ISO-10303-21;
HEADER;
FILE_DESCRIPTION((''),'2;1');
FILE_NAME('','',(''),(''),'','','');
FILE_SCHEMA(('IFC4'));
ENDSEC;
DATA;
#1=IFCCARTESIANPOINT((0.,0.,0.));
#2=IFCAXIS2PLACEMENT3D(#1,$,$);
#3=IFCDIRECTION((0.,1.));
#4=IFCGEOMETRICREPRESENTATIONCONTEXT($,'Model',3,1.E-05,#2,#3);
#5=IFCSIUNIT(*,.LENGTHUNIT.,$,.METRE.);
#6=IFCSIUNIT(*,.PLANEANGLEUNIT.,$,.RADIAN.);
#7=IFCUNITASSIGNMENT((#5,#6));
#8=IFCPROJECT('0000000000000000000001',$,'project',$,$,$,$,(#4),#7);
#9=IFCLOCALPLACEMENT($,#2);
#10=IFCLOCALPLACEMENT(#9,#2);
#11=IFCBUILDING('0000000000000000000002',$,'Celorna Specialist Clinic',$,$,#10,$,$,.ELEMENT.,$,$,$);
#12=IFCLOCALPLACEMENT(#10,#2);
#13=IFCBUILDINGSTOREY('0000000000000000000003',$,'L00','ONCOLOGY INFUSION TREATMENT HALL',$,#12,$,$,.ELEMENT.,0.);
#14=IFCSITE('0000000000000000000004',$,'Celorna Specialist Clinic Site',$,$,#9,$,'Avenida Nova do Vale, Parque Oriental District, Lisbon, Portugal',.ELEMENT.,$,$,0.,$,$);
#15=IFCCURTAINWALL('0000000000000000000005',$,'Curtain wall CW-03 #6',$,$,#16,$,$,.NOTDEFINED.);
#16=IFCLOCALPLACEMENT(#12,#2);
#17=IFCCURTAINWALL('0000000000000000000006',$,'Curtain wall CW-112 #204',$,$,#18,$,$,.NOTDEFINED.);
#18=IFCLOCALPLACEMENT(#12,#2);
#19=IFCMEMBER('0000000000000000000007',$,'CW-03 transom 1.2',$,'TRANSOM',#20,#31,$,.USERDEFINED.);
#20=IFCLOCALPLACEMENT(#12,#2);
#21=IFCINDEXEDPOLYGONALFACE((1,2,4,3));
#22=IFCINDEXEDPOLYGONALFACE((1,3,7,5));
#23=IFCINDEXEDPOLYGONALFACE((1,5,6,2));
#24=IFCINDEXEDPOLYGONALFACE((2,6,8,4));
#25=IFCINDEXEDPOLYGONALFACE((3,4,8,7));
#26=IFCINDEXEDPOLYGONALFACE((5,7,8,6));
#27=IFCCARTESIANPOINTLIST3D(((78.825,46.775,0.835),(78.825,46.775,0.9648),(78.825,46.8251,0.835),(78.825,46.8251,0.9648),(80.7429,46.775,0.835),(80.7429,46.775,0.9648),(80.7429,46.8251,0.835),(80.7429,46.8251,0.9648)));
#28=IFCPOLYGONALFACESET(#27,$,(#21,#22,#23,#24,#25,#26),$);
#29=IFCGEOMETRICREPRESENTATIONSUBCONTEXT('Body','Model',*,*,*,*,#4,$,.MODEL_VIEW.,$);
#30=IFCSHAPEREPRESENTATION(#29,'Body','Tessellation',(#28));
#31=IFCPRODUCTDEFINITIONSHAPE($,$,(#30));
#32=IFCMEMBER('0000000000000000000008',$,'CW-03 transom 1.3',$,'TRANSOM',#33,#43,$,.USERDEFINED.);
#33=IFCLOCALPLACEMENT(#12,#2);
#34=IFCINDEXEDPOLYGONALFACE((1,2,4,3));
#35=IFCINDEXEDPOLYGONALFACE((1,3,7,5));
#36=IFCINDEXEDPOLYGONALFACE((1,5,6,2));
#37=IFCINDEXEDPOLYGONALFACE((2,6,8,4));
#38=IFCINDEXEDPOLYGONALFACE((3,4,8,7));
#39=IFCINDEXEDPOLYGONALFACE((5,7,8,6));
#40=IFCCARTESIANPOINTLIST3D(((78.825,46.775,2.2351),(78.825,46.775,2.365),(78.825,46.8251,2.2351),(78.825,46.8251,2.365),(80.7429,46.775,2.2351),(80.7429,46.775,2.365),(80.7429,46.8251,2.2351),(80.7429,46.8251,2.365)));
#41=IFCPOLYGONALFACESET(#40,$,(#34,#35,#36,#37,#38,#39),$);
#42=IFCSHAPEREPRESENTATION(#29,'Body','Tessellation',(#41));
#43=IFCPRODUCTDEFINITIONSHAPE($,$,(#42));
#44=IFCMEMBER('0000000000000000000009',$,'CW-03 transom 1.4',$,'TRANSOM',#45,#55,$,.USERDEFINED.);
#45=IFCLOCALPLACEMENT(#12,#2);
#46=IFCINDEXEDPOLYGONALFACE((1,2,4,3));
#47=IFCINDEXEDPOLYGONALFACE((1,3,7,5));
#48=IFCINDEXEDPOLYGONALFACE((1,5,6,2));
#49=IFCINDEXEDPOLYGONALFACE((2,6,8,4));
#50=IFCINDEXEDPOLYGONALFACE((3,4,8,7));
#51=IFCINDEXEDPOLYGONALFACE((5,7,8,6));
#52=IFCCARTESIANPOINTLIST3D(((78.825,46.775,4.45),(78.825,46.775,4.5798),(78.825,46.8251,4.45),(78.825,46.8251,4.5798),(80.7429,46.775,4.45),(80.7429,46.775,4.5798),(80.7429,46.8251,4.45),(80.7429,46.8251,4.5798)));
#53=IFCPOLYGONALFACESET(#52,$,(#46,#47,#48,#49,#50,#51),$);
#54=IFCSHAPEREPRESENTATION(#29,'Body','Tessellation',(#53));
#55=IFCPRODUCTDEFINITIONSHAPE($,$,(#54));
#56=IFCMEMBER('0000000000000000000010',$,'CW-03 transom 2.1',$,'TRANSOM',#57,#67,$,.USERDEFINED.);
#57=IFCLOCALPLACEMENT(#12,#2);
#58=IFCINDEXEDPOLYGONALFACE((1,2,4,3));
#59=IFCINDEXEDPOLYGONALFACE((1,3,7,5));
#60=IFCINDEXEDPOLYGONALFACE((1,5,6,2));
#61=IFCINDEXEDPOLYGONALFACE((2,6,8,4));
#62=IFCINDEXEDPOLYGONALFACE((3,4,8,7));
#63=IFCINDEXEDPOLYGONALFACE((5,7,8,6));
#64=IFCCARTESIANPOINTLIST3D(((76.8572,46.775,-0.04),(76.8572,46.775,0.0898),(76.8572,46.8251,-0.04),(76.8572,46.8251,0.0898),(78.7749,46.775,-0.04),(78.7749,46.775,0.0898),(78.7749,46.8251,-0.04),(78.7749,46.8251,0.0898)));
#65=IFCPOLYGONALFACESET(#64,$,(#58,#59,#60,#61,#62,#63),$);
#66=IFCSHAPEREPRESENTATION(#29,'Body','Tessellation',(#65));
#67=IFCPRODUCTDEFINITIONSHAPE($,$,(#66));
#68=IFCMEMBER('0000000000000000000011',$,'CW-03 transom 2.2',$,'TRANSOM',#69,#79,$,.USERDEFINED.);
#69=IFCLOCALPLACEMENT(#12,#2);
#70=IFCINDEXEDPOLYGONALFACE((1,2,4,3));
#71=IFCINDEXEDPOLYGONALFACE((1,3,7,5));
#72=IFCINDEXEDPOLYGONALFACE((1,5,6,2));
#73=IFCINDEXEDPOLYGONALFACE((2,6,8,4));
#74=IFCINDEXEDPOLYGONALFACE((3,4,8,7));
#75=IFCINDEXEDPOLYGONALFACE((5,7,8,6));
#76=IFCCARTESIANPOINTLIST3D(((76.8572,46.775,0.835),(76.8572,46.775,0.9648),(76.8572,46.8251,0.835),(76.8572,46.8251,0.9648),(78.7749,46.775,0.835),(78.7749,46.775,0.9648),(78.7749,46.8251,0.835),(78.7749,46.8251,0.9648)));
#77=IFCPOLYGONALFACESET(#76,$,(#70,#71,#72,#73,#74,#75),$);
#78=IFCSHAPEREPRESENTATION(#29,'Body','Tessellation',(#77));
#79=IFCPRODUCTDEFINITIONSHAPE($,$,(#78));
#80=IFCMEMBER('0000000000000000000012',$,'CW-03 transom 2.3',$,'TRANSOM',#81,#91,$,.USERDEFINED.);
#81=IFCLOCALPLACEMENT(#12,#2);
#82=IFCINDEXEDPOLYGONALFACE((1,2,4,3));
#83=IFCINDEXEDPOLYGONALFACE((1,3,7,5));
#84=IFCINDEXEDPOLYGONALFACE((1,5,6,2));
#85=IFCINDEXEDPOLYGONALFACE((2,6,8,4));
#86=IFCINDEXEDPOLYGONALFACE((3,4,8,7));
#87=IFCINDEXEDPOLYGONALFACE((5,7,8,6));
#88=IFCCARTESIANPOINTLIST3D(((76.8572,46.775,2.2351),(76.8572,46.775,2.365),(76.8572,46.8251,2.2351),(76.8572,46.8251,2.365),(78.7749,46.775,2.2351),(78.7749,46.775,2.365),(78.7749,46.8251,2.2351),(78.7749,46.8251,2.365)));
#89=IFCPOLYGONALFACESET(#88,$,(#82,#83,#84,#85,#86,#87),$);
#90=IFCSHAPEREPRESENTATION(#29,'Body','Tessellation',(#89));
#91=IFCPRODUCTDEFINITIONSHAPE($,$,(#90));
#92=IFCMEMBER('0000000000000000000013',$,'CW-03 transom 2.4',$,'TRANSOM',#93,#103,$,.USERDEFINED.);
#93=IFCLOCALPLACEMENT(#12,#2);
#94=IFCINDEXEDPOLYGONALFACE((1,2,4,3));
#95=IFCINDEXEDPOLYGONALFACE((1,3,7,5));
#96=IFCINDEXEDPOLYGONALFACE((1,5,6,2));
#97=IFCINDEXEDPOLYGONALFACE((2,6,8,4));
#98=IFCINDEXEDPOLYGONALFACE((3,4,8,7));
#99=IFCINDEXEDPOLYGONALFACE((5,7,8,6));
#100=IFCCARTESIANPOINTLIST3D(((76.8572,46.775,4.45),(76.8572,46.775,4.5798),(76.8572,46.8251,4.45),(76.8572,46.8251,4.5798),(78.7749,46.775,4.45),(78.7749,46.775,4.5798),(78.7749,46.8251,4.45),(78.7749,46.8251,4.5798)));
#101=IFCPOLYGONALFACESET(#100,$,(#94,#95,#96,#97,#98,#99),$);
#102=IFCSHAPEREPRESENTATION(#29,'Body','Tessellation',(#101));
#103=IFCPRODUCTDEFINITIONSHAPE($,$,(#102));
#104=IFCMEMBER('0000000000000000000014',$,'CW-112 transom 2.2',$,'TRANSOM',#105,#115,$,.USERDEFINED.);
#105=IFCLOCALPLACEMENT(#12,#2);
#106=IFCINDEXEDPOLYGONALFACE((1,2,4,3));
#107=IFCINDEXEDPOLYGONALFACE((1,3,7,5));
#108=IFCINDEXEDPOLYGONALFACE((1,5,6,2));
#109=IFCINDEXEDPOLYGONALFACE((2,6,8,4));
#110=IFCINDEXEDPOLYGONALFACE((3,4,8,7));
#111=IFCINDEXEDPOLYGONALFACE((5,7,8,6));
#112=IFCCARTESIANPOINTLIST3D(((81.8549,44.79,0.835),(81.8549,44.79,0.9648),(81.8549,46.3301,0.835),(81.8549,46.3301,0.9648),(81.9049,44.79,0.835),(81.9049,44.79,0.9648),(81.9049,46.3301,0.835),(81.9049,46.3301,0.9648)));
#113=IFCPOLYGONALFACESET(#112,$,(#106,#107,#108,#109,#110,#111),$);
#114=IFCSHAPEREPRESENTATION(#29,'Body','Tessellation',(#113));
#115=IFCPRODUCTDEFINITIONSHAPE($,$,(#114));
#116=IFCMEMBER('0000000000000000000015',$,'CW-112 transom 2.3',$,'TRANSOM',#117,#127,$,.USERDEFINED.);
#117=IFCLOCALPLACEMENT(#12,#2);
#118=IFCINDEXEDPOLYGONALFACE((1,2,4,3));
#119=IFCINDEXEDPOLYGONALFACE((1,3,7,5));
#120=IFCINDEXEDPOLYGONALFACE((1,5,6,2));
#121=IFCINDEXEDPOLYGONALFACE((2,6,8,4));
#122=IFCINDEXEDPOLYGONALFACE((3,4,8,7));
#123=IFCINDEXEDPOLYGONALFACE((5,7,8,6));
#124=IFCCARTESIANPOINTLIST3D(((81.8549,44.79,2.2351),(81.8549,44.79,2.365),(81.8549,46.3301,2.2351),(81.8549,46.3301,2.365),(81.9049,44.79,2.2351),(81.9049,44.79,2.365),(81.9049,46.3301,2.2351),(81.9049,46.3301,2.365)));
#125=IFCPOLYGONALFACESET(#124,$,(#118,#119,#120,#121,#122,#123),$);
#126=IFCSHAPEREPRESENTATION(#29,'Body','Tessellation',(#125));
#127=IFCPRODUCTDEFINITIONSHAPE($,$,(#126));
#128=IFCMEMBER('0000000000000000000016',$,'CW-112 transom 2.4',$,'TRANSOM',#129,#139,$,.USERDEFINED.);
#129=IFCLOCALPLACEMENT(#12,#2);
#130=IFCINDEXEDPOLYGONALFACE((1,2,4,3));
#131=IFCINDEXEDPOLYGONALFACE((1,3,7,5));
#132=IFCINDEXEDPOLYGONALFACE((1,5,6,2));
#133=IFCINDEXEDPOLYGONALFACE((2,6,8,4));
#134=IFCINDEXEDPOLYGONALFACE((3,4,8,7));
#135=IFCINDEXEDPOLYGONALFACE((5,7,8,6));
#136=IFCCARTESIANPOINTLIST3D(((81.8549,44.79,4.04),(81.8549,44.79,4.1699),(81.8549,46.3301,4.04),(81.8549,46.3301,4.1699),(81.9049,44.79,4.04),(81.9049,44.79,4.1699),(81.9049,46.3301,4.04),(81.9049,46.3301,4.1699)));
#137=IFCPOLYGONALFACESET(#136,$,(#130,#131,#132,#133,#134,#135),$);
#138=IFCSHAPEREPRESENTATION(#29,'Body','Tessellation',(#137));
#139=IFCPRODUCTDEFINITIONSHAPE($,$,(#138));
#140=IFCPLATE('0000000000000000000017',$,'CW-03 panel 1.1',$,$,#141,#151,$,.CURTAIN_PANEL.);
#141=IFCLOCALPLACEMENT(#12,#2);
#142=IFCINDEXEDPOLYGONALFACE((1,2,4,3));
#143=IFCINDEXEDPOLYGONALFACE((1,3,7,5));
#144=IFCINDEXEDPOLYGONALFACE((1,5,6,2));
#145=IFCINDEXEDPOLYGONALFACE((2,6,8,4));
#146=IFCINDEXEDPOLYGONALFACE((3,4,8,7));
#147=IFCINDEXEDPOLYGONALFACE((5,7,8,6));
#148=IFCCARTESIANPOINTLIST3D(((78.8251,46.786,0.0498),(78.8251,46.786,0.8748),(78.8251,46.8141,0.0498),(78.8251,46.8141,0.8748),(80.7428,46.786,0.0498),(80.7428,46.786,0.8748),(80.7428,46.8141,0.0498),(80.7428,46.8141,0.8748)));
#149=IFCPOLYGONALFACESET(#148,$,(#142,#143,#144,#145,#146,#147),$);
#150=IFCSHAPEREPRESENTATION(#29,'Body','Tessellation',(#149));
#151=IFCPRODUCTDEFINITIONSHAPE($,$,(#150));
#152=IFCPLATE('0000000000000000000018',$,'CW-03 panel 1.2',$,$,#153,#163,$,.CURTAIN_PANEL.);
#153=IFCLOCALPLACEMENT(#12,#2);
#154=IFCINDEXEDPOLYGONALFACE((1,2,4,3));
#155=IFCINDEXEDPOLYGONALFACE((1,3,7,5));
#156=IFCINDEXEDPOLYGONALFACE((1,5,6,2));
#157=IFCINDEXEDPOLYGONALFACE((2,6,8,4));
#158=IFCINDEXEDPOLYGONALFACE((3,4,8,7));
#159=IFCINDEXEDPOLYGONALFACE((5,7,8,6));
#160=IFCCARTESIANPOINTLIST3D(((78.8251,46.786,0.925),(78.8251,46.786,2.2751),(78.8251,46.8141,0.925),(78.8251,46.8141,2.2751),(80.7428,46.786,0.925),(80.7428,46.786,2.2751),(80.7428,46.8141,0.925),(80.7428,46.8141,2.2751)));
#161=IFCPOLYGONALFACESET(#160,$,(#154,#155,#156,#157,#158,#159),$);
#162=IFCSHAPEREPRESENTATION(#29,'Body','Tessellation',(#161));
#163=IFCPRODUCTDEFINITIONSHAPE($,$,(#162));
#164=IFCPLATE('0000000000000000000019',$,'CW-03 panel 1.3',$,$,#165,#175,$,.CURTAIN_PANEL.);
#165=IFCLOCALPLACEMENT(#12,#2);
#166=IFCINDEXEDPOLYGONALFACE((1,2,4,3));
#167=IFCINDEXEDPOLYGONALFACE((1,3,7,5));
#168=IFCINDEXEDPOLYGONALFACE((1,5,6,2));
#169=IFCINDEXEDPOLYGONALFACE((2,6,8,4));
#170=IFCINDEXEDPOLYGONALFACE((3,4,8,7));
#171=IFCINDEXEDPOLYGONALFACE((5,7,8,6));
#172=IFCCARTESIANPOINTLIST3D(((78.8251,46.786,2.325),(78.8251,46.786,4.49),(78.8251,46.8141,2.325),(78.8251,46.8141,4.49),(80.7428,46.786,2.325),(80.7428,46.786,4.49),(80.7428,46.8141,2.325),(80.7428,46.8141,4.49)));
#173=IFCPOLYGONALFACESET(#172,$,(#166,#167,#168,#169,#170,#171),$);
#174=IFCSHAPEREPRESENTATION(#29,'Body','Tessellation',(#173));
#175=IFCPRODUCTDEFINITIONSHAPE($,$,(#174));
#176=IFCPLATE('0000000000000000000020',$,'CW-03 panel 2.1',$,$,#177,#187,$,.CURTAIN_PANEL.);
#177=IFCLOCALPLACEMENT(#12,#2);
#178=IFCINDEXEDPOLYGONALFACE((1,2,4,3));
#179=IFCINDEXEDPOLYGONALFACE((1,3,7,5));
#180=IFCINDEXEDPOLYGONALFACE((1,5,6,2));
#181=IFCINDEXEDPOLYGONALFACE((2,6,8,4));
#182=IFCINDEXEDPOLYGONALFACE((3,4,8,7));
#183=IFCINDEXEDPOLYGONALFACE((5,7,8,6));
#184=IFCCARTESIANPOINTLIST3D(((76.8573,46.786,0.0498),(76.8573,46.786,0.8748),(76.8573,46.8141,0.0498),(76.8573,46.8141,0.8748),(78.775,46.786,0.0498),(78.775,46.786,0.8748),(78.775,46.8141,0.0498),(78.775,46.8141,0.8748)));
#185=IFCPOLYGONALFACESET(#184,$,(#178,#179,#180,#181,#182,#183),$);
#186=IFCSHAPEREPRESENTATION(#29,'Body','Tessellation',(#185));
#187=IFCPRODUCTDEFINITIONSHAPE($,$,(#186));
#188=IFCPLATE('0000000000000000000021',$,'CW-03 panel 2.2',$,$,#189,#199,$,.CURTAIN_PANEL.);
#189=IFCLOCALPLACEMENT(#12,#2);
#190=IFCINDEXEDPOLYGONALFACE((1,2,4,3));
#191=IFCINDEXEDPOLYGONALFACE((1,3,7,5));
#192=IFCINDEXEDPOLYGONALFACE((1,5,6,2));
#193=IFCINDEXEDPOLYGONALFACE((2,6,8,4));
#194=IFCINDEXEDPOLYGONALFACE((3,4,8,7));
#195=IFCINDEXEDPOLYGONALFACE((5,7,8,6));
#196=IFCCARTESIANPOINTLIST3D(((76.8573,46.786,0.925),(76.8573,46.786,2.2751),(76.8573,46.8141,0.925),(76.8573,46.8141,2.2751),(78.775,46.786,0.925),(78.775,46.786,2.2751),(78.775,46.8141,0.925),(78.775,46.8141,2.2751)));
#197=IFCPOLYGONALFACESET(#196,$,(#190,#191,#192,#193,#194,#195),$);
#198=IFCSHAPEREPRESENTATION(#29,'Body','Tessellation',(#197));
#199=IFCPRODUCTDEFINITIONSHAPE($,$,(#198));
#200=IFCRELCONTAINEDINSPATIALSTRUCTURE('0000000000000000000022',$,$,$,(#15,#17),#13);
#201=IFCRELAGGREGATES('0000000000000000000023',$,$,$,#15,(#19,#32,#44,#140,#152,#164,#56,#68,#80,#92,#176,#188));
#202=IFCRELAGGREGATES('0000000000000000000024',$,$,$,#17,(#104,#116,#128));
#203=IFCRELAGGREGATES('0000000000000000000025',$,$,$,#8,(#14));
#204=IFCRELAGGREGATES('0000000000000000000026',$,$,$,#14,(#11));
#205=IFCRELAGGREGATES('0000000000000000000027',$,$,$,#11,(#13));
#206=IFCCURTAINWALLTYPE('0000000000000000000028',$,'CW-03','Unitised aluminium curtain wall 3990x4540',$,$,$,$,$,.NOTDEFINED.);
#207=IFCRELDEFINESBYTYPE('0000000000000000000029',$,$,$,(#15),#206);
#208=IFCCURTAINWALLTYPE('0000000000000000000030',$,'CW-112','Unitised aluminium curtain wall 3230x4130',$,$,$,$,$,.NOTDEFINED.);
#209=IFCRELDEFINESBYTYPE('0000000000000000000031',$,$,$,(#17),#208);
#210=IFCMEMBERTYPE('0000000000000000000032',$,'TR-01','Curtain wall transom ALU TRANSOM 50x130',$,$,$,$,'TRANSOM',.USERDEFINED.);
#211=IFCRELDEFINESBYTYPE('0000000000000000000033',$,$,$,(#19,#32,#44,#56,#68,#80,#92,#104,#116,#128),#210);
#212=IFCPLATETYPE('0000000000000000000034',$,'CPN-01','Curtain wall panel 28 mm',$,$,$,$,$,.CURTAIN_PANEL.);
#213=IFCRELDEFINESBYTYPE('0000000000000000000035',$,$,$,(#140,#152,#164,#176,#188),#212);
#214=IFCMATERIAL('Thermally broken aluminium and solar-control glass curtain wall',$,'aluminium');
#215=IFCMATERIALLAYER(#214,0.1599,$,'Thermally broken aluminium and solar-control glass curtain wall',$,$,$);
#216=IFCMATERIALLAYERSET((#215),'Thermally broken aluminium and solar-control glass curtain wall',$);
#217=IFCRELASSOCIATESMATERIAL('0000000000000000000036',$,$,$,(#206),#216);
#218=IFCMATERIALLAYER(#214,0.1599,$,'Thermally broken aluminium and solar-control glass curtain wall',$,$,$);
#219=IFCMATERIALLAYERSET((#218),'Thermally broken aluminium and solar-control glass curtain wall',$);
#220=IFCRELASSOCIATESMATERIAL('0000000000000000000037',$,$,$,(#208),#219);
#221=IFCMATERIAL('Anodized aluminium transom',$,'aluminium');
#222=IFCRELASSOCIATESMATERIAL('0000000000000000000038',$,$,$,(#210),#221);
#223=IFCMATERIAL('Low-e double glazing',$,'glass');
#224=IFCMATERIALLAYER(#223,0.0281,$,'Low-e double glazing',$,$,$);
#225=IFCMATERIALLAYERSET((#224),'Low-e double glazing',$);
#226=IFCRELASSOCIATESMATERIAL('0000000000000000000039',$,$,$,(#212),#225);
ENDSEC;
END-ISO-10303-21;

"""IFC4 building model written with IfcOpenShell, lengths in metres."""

from ifc_helpers import new_model, si_unit, direction, frame, origin, origin_2d, place, context, subcontext, project, spatial, rectangle, extrude, material, layer, layer_set, material_profile, profile_set, type_object, element, aggregate, save


model = new_model("IFC4")

# Units and contexts
model_context = context("Model", 3, precision=1e-05, world=origin(), true_north=direction((0.0, 1.0)))
body_context = subcontext(model_context, "Body", "Model", "MODEL_VIEW")
ifc_project = project(units=[si_unit("LENGTHUNIT", "METRE"), si_unit("PLANEANGLEUNIT", "RADIAN")], contexts=[model_context])

# Site, building, storey
site_placement = place(None, origin())
site = spatial("IfcSite", under=ifc_project, at=site_placement, Name="Celorna Specialist Clinic Site", LongName="Avenida Nova do Vale, Parque Oriental District, Lisbon, Portugal", CompositionType="ELEMENT", RefElevation=0.0)
building_placement = place(site_placement, origin())
building = spatial("IfcBuilding", under=site, at=building_placement, Name="Celorna Specialist Clinic", CompositionType="ELEMENT")
storey_placement = place(building_placement, origin())
storey = spatial("IfcBuildingStorey", under=building, at=storey_placement, Name="L00", Description="ONCOLOGY INFUSION TREATMENT HALL", CompositionType="ELEMENT", Elevation=0.0)

# Curtain wall
ifc_material_1 = material(Name="Thermally broken aluminium and solar-control glass curtain wall", Category="aluminium")
ifc_layer_1 = layer(ifc_material_1, 0.1599, Name="Thermally broken aluminium and solar-control glass curtain wall")
ifc_layer_set_1 = layer_set([ifc_layer_1], Name="Thermally broken aluminium and solar-control glass curtain wall")
curtain_wall_type_1 = type_object("IfcCurtainWallType", Name="CW-03", Description="Unitised aluminium curtain wall 3990x4540", PredefinedType="NOTDEFINED", material=ifc_layer_set_1)
curtain_wall_1_placement = place(storey_placement, origin())
curtain_wall_1 = element("IfcCurtainWall", 1, at=curtain_wall_1_placement, inside=storey, type_object=curtain_wall_type_1, Name="Curtain wall CW-03 #6", PredefinedType="NOTDEFINED")

# Curtain wall
ifc_layer_2 = layer(ifc_material_1, 0.1599, Name="Thermally broken aluminium and solar-control glass curtain wall")
ifc_layer_set_2 = layer_set([ifc_layer_2], Name="Thermally broken aluminium and solar-control glass curtain wall")
curtain_wall_type_2 = type_object("IfcCurtainWallType", Name="CW-112", Description="Unitised aluminium curtain wall 3230x4130", PredefinedType="NOTDEFINED", material=ifc_layer_set_2)
curtain_wall_2_placement = place(storey_placement, origin())
curtain_wall_2 = element("IfcCurtainWall", 2, at=curtain_wall_2_placement, inside=storey, type_object=curtain_wall_type_2, Name="Curtain wall CW-112 #204", PredefinedType="NOTDEFINED")

# Members
ifc_material_2 = material(Name="Anodized aluminium transom", Category="aluminium")
ifc_material_profile_1 = material_profile(ifc_material_2, rectangle(XDim=0.05, YDim=0.1299, at=origin_2d()), Name="ALU TRANSOM 50x130")
ifc_profile_set_1 = profile_set([ifc_material_profile_1], Name="Anodized aluminium transom")
member_type_1 = type_object("IfcMemberType", Name="TR-01", Description="Curtain wall transom ALU TRANSOM 50x130", ElementType="TRANSOM", PredefinedType="USERDEFINED", material=ifc_profile_set_1)
member_1_placement = place(storey_placement, frame((80.7429, 46.8, 0.8999), z_axis=(-1.0, 0.0, 0.0), x_axis=(0.0, -1.0, 0.0)))
member_1 = element("IfcMember", 3, at=member_1_placement, type_object=member_type_1, Name="CW-03 transom 1.2", ObjectType="TRANSOM", PredefinedType="USERDEFINED", context=body_context, shape_type="SweptSolid", body=[
    extrude(rectangle(XDim=0.05, YDim=0.1299, at=origin_2d()), origin(), (0.0, 0.0, 1.0), 1.918),
])
member_2_placement = place(storey_placement, frame((80.7429, 46.8, 2.3), z_axis=(-1.0, 0.0, 0.0), x_axis=(0.0, -1.0, 0.0)))
member_2 = element("IfcMember", 4, at=member_2_placement, type_object=member_type_1, Name="CW-03 transom 1.3", ObjectType="TRANSOM", PredefinedType="USERDEFINED", context=body_context, shape_type="SweptSolid", body=[
    extrude(rectangle(XDim=0.05, YDim=0.1299, at=origin_2d()), origin(), (0.0, 0.0, 1.0), 1.918),
])
member_3_placement = place(storey_placement, frame((80.7429, 46.8, 4.5149), z_axis=(-1.0, 0.0, 0.0), x_axis=(0.0, -1.0, 0.0)))
member_3 = element("IfcMember", 5, at=member_3_placement, type_object=member_type_1, Name="CW-03 transom 1.4", ObjectType="TRANSOM", PredefinedType="USERDEFINED", context=body_context, shape_type="SweptSolid", body=[
    extrude(rectangle(XDim=0.05, YDim=0.1299, at=origin_2d()), origin(), (0.0, 0.0, 1.0), 1.918),
])
member_4_placement = place(storey_placement, frame((78.7749, 46.8, 0.0249), z_axis=(-1.0, 0.0, 0.0), x_axis=(0.0, -1.0, 0.0)))
member_4 = element("IfcMember", 6, at=member_4_placement, type_object=member_type_1, Name="CW-03 transom 2.1", ObjectType="TRANSOM", PredefinedType="USERDEFINED", context=body_context, shape_type="SweptSolid", body=[
    extrude(rectangle(XDim=0.05, YDim=0.1299, at=origin_2d()), origin(), (0.0, 0.0, 1.0), 1.9177),
])
member_5_placement = place(storey_placement, frame((78.7749, 46.8, 0.8999), z_axis=(-1.0, 0.0, 0.0), x_axis=(0.0, -1.0, 0.0)))
member_5 = element("IfcMember", 7, at=member_5_placement, type_object=member_type_1, Name="CW-03 transom 2.2", ObjectType="TRANSOM", PredefinedType="USERDEFINED", context=body_context, shape_type="SweptSolid", body=[
    extrude(rectangle(XDim=0.05, YDim=0.1299, at=origin_2d()), origin(), (0.0, 0.0, 1.0), 1.9177),
])
member_6_placement = place(storey_placement, frame((78.7749, 46.8, 2.3), z_axis=(-1.0, 0.0, 0.0), x_axis=(0.0, -1.0, 0.0)))
member_6 = element("IfcMember", 8, at=member_6_placement, type_object=member_type_1, Name="CW-03 transom 2.3", ObjectType="TRANSOM", PredefinedType="USERDEFINED", context=body_context, shape_type="SweptSolid", body=[
    extrude(rectangle(XDim=0.05, YDim=0.1299, at=origin_2d()), origin(), (0.0, 0.0, 1.0), 1.9177),
])
member_7_placement = place(storey_placement, frame((78.7749, 46.8, 4.5149), z_axis=(-1.0, 0.0, 0.0), x_axis=(0.0, -1.0, 0.0)))
member_7 = element("IfcMember", 9, at=member_7_placement, type_object=member_type_1, Name="CW-03 transom 2.4", ObjectType="TRANSOM", PredefinedType="USERDEFINED", context=body_context, shape_type="SweptSolid", body=[
    extrude(rectangle(XDim=0.05, YDim=0.1299, at=origin_2d()), origin(), (0.0, 0.0, 1.0), 1.9177),
])
member_8_placement = place(storey_placement, frame((81.8799, 44.79, 0.8999), z_axis=(0.0, 1.0, 0.0), x_axis=(-1.0, 0.0, 0.0)))
member_8 = element("IfcMember", 10, at=member_8_placement, type_object=member_type_1, Name="CW-112 transom 2.2", ObjectType="TRANSOM", PredefinedType="USERDEFINED", context=body_context, shape_type="SweptSolid", body=[
    extrude(rectangle(XDim=0.05, YDim=0.1299, at=origin_2d()), origin(), (0.0, 0.0, 1.0), 1.54),
])
member_9_placement = place(storey_placement, frame((81.8799, 44.79, 2.3), z_axis=(0.0, 1.0, 0.0), x_axis=(-1.0, 0.0, 0.0)))
member_9 = element("IfcMember", 11, at=member_9_placement, type_object=member_type_1, Name="CW-112 transom 2.3", ObjectType="TRANSOM", PredefinedType="USERDEFINED", context=body_context, shape_type="SweptSolid", body=[
    extrude(rectangle(XDim=0.05, YDim=0.1299, at=origin_2d()), origin(), (0.0, 0.0, 1.0), 1.54),
])
member_10_placement = place(storey_placement, frame((81.8799, 44.79, 4.105), z_axis=(0.0, 1.0, 0.0), x_axis=(-1.0, 0.0, 0.0)))
member_10 = element("IfcMember", 12, at=member_10_placement, type_object=member_type_1, Name="CW-112 transom 2.4", ObjectType="TRANSOM", PredefinedType="USERDEFINED", context=body_context, shape_type="SweptSolid", body=[
    extrude(rectangle(XDim=0.05, YDim=0.1299, at=origin_2d()), origin(), (0.0, 0.0, 1.0), 1.54),
])

# Plates
ifc_material_3 = material(Name="Low-e double glazing", Category="glass")
ifc_layer_3 = layer(ifc_material_3, 0.0281, Name="Low-e double glazing")
ifc_layer_set_3 = layer_set([ifc_layer_3], Name="Low-e double glazing")
plate_type_1 = type_object("IfcPlateType", Name="CPN-01", Description="Curtain wall panel 28 mm", PredefinedType="CURTAIN_PANEL", material=ifc_layer_set_3)
plate_1_placement = place(storey_placement, frame((79.7839, 46.8, 0.0498), z_axis=(0.0, 0.0, 1.0), x_axis=(-1.0, 0.0, 0.0)))
plate_1 = element("IfcPlate", 13, at=plate_1_placement, type_object=plate_type_1, Name="CW-03 panel 1.1", PredefinedType="CURTAIN_PANEL", context=body_context, shape_type="SweptSolid", body=[
    extrude(rectangle(XDim=1.9177, YDim=0.0281, at=origin_2d()), origin(), (0.0, 0.0, 1.0), 0.825),
])
plate_2_placement = place(storey_placement, frame((79.7839, 46.8, 0.925), z_axis=(0.0, 0.0, 1.0), x_axis=(-1.0, 0.0, 0.0)))
plate_2 = element("IfcPlate", 14, at=plate_2_placement, type_object=plate_type_1, Name="CW-03 panel 1.2", PredefinedType="CURTAIN_PANEL", context=body_context, shape_type="SweptSolid", body=[
    extrude(rectangle(XDim=1.9177, YDim=0.0281, at=origin_2d()), origin(), (0.0, 0.0, 1.0), 1.3501),
])
plate_3_placement = place(storey_placement, frame((79.7839, 46.8, 2.325), z_axis=(0.0, 0.0, 1.0), x_axis=(-1.0, 0.0, 0.0)))
plate_3 = element("IfcPlate", 15, at=plate_3_placement, type_object=plate_type_1, Name="CW-03 panel 1.3", PredefinedType="CURTAIN_PANEL", context=body_context, shape_type="SweptSolid", body=[
    extrude(rectangle(XDim=1.9177, YDim=0.0281, at=origin_2d()), origin(), (0.0, 0.0, 1.0), 2.165),
])
plate_4_placement = place(storey_placement, frame((77.8162, 46.8, 0.0498), z_axis=(0.0, 0.0, 1.0), x_axis=(-1.0, 0.0, 0.0)))
plate_4 = element("IfcPlate", 16, at=plate_4_placement, type_object=plate_type_1, Name="CW-03 panel 2.1", PredefinedType="CURTAIN_PANEL", context=body_context, shape_type="SweptSolid", body=[
    extrude(rectangle(XDim=1.9177, YDim=0.0281, at=origin_2d()), origin(), (0.0, 0.0, 1.0), 0.825),
])
plate_5_placement = place(storey_placement, frame((77.8162, 46.8, 0.925), z_axis=(0.0, 0.0, 1.0), x_axis=(-1.0, 0.0, 0.0)))
plate_5 = element("IfcPlate", 17, at=plate_5_placement, type_object=plate_type_1, Name="CW-03 panel 2.2", PredefinedType="CURTAIN_PANEL", context=body_context, shape_type="SweptSolid", body=[
    extrude(rectangle(XDim=1.9177, YDim=0.0281, at=origin_2d()), origin(), (0.0, 0.0, 1.0), 1.3501),
])
aggregate(curtain_wall_1, [member_1, member_2, member_3, plate_1, plate_2, plate_3, member_4, member_5, member_6, member_7, plate_4, plate_5])
aggregate(curtain_wall_2, [member_8, member_9, member_10])

save(model, "model.ifc")
